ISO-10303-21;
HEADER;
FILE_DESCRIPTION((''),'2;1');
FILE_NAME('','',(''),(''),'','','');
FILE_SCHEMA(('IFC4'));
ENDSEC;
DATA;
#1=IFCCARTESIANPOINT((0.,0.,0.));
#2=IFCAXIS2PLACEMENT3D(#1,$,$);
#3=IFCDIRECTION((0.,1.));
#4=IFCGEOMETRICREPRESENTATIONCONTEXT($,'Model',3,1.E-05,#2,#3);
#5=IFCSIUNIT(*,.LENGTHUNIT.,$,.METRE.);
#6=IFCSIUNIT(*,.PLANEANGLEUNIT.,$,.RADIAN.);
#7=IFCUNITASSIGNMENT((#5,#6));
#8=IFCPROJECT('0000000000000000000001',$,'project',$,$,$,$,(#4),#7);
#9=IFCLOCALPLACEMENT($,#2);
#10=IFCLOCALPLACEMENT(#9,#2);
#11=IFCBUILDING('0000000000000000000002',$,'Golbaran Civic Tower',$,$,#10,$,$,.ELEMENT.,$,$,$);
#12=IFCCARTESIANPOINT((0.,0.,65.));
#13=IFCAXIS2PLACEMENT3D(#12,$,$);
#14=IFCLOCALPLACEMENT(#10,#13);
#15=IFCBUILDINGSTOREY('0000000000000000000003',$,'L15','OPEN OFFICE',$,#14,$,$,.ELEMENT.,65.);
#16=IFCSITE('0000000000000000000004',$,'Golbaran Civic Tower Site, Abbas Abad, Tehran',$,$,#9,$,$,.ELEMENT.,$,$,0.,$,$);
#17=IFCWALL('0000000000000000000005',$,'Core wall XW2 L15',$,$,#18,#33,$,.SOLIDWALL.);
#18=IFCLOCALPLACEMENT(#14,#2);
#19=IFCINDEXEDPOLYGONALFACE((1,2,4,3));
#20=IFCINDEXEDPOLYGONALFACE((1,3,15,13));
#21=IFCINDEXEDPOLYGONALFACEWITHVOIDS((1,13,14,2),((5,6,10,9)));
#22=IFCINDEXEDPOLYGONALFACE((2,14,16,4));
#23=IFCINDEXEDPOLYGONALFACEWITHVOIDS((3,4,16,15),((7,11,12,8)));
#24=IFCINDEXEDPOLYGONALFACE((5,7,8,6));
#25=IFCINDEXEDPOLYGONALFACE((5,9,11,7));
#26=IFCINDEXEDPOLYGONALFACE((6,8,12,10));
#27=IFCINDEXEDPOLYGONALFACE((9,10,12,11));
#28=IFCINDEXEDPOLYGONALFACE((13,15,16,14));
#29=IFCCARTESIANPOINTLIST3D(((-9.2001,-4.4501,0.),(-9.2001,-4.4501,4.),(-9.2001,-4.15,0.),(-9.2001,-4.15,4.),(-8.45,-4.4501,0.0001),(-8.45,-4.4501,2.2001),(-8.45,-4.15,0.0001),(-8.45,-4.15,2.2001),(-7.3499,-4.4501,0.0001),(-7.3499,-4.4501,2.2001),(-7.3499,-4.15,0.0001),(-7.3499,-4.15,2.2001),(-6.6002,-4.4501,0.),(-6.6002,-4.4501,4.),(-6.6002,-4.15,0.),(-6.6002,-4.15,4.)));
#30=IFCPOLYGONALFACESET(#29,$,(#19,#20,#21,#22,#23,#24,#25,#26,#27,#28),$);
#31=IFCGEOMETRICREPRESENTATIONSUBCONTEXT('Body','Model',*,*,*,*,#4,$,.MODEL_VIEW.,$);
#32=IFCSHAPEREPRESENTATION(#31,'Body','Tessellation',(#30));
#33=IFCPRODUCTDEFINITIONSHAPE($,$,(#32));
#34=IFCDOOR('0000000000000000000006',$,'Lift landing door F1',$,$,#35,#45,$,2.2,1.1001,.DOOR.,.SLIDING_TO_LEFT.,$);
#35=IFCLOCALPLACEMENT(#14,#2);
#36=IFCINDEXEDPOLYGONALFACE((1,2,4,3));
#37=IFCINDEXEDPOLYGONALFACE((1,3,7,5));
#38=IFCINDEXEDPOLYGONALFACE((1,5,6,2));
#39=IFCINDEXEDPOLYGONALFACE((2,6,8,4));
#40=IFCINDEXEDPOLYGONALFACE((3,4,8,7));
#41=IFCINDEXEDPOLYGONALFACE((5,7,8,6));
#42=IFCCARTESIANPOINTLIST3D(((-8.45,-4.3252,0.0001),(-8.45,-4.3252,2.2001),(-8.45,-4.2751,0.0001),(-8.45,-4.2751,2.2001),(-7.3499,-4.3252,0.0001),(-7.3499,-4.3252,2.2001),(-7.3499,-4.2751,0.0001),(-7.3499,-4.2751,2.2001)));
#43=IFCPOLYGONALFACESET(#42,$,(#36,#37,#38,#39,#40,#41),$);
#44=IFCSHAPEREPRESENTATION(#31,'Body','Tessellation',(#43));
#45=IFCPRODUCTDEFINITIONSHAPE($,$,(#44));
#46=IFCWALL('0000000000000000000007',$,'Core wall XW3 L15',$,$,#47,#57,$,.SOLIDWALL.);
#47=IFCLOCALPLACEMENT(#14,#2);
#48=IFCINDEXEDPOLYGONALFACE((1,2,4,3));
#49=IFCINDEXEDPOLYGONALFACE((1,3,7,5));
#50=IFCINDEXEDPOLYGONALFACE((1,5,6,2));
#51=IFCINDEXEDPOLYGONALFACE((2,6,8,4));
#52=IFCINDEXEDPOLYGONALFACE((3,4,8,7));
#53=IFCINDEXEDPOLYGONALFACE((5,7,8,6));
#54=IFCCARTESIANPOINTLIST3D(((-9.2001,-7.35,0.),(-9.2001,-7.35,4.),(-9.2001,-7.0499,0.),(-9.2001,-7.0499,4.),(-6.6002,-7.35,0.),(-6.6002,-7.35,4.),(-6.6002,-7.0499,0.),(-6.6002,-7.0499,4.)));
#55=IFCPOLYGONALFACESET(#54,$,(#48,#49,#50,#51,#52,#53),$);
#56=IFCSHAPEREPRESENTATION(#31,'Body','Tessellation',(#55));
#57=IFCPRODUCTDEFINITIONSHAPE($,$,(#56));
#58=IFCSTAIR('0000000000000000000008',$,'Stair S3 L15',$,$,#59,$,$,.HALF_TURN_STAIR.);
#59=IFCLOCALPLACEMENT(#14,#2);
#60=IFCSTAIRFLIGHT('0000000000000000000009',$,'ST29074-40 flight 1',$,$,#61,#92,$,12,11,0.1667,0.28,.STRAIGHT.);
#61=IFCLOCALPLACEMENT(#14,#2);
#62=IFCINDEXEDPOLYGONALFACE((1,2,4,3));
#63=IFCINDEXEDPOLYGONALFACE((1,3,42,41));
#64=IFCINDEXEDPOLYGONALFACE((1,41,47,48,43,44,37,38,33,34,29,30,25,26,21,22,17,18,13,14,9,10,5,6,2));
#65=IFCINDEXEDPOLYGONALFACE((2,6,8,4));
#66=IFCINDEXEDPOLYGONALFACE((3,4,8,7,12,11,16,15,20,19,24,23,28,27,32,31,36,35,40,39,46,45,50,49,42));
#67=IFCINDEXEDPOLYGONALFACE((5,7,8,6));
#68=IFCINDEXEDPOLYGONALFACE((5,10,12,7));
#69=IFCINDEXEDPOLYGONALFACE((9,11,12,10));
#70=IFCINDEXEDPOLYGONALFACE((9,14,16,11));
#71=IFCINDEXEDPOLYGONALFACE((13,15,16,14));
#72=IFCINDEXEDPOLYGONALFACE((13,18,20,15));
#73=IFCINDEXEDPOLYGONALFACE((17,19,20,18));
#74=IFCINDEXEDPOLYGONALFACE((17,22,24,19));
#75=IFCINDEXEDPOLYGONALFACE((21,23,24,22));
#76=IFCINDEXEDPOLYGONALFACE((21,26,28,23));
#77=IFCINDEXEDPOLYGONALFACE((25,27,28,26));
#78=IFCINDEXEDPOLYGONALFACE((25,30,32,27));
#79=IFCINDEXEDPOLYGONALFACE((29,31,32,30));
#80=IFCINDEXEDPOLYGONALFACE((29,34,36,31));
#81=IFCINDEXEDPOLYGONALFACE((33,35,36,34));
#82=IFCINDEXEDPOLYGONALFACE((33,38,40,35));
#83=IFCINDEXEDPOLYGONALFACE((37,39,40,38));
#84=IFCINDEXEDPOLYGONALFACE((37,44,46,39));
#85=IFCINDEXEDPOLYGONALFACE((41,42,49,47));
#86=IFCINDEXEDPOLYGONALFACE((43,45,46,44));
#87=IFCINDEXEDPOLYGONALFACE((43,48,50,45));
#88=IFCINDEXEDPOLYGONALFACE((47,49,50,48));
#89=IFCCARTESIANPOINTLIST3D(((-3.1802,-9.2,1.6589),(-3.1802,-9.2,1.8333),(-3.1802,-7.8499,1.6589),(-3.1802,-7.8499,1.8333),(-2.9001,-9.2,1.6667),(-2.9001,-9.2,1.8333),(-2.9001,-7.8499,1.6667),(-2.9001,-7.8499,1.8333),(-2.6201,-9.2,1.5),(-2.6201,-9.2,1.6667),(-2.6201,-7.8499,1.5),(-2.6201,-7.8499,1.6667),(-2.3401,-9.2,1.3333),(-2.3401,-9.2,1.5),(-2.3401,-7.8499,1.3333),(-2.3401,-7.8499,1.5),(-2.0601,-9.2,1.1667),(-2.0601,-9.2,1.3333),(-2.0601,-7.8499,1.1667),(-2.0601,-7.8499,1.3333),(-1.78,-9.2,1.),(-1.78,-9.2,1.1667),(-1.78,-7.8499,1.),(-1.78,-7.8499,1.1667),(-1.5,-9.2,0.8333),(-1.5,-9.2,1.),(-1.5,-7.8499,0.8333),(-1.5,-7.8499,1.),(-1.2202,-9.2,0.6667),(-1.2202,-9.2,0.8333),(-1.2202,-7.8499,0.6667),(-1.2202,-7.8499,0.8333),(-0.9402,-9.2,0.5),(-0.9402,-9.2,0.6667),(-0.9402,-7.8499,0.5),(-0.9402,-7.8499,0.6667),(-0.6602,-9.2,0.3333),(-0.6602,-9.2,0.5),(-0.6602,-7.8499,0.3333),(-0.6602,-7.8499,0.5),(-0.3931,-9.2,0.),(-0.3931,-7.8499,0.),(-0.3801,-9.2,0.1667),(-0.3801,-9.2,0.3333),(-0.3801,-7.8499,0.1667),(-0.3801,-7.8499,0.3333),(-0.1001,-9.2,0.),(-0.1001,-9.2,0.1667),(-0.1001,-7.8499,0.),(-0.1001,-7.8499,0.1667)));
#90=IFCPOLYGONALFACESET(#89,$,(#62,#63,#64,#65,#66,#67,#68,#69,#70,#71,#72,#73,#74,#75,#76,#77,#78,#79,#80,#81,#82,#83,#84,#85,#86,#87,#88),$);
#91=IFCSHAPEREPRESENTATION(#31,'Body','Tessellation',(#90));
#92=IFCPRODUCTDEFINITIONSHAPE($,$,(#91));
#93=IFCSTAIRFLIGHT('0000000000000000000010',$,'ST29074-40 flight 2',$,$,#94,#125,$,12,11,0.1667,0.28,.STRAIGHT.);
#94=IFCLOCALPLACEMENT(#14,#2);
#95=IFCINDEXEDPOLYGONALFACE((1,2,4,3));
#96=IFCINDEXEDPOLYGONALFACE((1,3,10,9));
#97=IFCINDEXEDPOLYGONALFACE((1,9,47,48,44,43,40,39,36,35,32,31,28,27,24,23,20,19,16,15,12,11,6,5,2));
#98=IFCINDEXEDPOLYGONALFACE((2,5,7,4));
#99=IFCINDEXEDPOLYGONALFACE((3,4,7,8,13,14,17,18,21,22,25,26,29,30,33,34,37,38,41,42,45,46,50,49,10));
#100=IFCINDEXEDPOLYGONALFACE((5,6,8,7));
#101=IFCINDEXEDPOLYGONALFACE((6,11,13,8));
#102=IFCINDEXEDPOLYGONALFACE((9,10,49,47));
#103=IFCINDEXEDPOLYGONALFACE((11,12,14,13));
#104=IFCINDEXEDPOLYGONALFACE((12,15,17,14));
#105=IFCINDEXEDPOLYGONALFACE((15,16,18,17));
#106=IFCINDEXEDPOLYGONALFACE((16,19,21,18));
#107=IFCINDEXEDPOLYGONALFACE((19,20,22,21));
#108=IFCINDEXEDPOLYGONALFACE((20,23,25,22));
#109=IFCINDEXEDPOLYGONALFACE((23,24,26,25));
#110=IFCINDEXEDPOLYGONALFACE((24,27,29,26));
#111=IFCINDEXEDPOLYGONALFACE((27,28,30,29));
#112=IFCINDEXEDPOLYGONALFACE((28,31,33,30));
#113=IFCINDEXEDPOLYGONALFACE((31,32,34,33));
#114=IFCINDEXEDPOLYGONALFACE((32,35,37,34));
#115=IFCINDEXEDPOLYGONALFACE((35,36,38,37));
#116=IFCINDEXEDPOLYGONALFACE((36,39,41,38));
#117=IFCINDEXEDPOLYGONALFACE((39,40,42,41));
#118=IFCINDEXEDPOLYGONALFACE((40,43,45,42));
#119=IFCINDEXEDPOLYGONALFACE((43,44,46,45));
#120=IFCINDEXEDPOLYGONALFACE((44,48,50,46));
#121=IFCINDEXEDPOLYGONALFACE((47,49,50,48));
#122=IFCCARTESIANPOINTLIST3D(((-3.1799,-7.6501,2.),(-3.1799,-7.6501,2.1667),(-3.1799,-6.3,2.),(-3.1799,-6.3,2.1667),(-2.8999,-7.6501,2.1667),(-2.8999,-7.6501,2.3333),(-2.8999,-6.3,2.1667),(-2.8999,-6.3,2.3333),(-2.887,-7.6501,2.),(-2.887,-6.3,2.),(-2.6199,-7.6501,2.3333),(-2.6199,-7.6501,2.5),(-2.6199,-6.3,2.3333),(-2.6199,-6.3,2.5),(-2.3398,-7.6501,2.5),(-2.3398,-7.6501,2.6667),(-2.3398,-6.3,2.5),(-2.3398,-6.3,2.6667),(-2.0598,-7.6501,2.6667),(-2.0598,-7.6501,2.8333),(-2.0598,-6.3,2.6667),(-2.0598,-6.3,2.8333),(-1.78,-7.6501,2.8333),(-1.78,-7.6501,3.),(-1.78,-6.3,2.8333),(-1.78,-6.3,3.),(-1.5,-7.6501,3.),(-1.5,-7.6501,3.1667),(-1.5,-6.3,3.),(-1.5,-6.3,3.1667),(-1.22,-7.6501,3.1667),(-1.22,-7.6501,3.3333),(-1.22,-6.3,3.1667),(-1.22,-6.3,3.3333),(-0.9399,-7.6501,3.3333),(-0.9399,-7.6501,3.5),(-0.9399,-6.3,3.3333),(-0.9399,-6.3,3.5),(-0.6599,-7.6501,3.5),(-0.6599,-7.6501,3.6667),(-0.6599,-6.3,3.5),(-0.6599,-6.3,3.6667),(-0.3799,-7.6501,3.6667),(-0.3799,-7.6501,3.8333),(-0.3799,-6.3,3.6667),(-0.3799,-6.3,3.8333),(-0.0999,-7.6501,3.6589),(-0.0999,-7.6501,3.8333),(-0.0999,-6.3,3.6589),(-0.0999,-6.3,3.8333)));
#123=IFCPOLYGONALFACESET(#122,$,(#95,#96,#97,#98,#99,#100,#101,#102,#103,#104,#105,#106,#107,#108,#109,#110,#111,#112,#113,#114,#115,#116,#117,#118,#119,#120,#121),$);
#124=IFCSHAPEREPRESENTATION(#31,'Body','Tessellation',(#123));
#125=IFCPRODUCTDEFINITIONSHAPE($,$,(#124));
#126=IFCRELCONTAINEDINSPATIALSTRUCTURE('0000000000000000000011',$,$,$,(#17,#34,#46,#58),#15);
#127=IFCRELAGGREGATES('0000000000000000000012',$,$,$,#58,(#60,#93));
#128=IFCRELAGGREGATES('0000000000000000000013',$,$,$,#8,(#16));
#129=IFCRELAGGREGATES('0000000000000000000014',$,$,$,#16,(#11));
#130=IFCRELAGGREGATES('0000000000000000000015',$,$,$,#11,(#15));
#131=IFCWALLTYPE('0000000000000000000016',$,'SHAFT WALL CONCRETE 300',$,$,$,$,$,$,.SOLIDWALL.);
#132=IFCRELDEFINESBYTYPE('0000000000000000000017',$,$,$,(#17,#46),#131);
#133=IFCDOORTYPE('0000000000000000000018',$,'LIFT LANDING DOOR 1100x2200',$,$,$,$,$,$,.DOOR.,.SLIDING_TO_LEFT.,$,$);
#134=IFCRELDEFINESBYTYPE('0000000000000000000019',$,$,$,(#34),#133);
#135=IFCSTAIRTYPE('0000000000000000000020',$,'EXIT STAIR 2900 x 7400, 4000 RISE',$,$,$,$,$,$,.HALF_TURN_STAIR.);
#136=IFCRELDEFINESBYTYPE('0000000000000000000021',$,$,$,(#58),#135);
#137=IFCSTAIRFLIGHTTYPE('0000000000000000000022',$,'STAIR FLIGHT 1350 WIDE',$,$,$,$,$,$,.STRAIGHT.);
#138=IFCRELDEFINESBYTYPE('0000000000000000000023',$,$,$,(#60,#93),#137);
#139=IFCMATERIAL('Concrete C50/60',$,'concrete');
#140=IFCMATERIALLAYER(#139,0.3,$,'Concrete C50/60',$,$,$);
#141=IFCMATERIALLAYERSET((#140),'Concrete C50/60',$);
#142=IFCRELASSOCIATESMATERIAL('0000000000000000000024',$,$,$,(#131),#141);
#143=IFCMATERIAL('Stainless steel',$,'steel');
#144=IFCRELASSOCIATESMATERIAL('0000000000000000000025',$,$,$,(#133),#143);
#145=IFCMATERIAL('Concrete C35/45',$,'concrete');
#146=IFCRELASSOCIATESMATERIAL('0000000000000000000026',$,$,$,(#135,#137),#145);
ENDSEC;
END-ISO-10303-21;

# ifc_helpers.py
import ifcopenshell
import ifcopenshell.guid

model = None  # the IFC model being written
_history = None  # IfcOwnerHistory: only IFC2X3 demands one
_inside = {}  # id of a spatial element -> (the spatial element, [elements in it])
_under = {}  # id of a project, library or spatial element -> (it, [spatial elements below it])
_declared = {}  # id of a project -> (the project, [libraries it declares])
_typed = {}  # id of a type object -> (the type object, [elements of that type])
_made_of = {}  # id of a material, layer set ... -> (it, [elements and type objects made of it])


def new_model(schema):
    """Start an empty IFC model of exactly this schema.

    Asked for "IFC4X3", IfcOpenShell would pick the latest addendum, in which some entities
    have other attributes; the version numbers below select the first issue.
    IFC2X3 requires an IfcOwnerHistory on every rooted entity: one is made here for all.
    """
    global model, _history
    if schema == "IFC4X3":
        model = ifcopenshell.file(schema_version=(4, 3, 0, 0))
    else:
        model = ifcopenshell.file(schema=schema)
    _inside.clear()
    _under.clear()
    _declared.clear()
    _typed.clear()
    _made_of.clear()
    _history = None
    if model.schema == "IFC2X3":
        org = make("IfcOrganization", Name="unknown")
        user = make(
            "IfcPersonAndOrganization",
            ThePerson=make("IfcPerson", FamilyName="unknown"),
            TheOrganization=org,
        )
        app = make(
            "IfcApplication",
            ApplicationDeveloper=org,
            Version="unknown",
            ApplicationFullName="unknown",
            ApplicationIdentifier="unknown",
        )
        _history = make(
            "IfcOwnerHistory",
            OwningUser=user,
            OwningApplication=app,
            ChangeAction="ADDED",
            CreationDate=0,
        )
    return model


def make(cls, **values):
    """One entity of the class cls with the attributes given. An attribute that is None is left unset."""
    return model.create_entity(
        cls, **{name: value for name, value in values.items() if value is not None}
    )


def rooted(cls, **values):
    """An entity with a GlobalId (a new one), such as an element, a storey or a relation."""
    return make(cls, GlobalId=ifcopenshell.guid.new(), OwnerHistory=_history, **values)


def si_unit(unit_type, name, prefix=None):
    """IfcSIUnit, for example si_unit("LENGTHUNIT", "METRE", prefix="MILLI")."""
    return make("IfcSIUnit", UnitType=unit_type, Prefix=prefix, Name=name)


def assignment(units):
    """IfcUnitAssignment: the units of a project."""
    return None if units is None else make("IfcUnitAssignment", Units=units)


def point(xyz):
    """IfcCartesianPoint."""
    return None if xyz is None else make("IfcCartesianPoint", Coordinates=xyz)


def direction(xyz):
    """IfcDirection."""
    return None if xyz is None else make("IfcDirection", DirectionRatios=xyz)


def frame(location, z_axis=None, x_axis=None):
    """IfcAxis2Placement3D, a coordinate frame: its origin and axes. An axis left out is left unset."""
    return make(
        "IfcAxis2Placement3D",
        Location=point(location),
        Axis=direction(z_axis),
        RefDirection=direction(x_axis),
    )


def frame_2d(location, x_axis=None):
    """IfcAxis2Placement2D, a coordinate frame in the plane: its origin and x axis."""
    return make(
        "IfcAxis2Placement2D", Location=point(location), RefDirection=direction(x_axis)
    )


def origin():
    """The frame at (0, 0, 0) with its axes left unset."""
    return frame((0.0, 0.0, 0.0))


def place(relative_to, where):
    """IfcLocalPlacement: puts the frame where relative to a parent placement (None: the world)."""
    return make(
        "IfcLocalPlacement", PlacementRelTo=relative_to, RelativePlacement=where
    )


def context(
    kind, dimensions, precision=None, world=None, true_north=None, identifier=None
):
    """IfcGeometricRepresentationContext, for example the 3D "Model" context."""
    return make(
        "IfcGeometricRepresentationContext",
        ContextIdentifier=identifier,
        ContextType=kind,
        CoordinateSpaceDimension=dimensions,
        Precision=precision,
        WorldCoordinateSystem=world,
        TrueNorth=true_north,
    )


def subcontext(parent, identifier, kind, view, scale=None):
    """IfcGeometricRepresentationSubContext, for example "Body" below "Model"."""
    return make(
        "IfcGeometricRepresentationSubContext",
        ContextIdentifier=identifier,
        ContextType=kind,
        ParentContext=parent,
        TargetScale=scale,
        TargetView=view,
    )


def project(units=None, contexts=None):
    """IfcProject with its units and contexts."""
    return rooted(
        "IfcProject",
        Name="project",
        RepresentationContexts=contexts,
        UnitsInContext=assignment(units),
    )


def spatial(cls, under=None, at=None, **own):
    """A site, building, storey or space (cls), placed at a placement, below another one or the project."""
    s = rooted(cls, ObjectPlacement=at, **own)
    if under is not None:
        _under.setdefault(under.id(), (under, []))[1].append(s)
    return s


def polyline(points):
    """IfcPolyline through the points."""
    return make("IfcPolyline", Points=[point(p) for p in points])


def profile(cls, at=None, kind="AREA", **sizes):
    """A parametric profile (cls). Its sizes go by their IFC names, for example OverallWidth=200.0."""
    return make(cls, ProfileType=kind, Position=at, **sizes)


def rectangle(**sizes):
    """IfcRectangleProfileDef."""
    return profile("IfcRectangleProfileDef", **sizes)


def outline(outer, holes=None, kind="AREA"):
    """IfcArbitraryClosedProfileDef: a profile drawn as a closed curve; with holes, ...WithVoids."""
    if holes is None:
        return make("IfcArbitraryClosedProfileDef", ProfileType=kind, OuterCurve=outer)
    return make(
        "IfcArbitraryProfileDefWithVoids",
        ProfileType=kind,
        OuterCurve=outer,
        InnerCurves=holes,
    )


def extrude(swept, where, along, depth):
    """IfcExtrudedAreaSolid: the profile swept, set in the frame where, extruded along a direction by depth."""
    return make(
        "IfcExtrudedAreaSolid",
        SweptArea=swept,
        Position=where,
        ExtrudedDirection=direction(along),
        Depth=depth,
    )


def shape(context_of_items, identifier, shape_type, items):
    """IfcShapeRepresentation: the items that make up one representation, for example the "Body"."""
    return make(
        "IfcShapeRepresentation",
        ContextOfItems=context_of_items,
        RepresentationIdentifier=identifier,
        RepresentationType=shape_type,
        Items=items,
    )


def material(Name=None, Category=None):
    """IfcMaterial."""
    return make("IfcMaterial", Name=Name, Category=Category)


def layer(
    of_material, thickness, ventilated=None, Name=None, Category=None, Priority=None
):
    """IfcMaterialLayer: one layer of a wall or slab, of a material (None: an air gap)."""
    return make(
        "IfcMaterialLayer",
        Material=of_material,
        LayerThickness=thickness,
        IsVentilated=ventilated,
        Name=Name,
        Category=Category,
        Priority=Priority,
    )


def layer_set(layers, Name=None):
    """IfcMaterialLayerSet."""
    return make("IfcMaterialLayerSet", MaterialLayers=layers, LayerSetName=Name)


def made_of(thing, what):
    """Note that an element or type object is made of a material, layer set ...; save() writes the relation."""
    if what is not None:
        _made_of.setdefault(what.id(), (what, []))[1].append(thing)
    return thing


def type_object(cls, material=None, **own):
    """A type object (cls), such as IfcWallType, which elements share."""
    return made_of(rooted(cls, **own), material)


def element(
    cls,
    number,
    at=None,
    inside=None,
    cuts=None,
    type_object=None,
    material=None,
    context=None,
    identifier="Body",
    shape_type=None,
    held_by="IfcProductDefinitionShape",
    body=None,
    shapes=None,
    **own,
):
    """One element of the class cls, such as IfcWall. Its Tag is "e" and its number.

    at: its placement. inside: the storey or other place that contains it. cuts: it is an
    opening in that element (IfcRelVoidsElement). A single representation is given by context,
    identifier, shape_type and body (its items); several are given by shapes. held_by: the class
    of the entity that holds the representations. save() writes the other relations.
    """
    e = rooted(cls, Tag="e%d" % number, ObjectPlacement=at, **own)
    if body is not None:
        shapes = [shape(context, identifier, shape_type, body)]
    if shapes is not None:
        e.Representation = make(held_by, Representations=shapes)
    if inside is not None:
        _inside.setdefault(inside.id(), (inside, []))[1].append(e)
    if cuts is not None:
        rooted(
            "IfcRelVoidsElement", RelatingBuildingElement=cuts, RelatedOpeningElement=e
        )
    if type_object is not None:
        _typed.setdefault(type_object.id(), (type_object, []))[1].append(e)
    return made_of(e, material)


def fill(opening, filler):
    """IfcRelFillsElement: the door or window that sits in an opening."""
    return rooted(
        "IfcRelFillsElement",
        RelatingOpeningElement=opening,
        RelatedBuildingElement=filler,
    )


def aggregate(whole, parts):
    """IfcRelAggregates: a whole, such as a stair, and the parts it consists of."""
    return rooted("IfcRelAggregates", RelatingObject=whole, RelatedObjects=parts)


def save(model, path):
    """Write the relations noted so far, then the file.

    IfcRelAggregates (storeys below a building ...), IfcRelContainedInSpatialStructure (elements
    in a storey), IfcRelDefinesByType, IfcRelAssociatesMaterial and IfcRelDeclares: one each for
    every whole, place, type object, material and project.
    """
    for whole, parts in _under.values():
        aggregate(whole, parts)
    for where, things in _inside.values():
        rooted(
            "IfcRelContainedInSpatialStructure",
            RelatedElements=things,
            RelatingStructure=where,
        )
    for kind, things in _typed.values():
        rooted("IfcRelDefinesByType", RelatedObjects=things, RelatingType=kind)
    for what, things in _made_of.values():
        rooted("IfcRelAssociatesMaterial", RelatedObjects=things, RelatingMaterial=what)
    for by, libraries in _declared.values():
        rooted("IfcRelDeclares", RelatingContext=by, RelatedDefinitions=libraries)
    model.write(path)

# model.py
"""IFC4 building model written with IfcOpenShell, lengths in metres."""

from ifc_helpers import new_model, si_unit, direction, frame, frame_2d, origin, place, context, subcontext, project, spatial, polyline, rectangle, outline, extrude, material, layer, layer_set, type_object, element, fill, aggregate, save


model = new_model("IFC4")

# Units and contexts
model_context = context("Model", 3, precision=1e-05, world=origin(), true_north=direction((0.0, 1.0)))
body_context = subcontext(model_context, "Body", "Model", "MODEL_VIEW")
ifc_project = project(units=[si_unit("LENGTHUNIT", "METRE"), si_unit("PLANEANGLEUNIT", "RADIAN")], contexts=[model_context])

# Site, building, storey
site_placement = place(None, origin())
site = spatial("IfcSite", under=ifc_project, at=site_placement, Name="Golbaran Civic Tower Site, Abbas Abad, Tehran", CompositionType="ELEMENT", RefElevation=0.0)
building_placement = place(site_placement, origin())
building = spatial("IfcBuilding", under=site, at=building_placement, Name="Golbaran Civic Tower", CompositionType="ELEMENT")
storey_placement = place(building_placement, frame((0.0, 0.0, 65.0)))
storey = spatial("IfcBuildingStorey", under=building, at=storey_placement, Name="L15", Description="OPEN OFFICE", CompositionType="ELEMENT", Elevation=65.0)

# Shared definitions
ifc_material_1 = material(Name="Concrete C35/45", Category="concrete")

# Shared definitions
ifc_material_2 = material(Name="Concrete C50/60", Category="concrete")
ifc_layer_1 = layer(ifc_material_2, 0.3, Name="Concrete C50/60")
ifc_layer_set_1 = layer_set([ifc_layer_1], Name="Concrete C50/60")
wall_type_1 = type_object("IfcWallType", Name="SHAFT WALL CONCRETE 300", PredefinedType="SOLIDWALL", material=ifc_layer_set_1)

# Wall, opening, door
wall_1_placement = place(storey_placement, frame((-9.2, -4.3, 0.0), z_axis=(0.0, 0.0, 1.0), x_axis=(1.0, 0.0, 0.0)))
wall_1 = element("IfcWall", 1, at=wall_1_placement, inside=storey, type_object=wall_type_1, Name="Core wall XW2 L15", PredefinedType="SOLIDWALL", context=body_context, shape_type="SweptSolid", body=[
    extrude(rectangle(XDim=2.5999, YDim=0.3, at=frame_2d((1.2998, 0.0))), origin(), (0.0, 0.0, 1.0), 4.0),
])
opening_placement = place(wall_1_placement, frame((0.75, 0.0, 0.0)))
opening = element("IfcOpeningElement", 2, at=opening_placement, cuts=wall_1, PredefinedType="OPENING", context=body_context, shape_type="SweptSolid", body=[
    extrude(rectangle(XDim=1.1001, YDim=2.2, at=frame_2d((0.55, 1.1001))), frame((0.0, 0.1599, 0.0), z_axis=(0.0, -1.0, 0.0), x_axis=(1.0, 0.0, 0.0)), (0.0, 0.0, 1.0), 0.3201),
])
ifc_material_3 = material(Name="Stainless steel", Category="steel")
door_type = type_object("IfcDoorType", Name="LIFT LANDING DOOR 1100x2200", OperationType="SLIDING_TO_LEFT", PredefinedType="DOOR", material=ifc_material_3)
door_placement = place(opening_placement, origin())
door = element("IfcDoor", 3, at=door_placement, inside=storey, type_object=door_type, Name="Lift landing door F1", OperationType="SLIDING_TO_LEFT", OverallHeight=2.2, OverallWidth=1.1001, PredefinedType="DOOR", context=body_context, shape_type="SweptSolid", body=[
    extrude(rectangle(XDim=1.1001, YDim=2.2, at=frame_2d((0.55, 1.1001))), frame((0.0, 0.0249, 0.0), z_axis=(0.0, -1.0, 0.0), x_axis=(1.0, 0.0, 0.0)), (0.0, 0.0, 1.0), 0.05),
])
fill(opening, door)

# Wall
wall_2_placement = place(storey_placement, frame((-9.2, -7.2, 0.0), z_axis=(0.0, 0.0, 1.0), x_axis=(1.0, 0.0, 0.0)))
element("IfcWall", 4, at=wall_2_placement, inside=storey, type_object=wall_type_1, Name="Core wall XW3 L15", PredefinedType="SOLIDWALL", context=body_context, shape_type="SweptSolid", body=[
    extrude(rectangle(XDim=2.5999, YDim=0.3, at=frame_2d((1.2998, 0.0))), origin(), (0.0, 0.0, 1.0), 4.0),
])

# Stair, stair flights
stair_type_1 = type_object("IfcStairType", Name="EXIT STAIR 2900 x 7400, 4000 RISE", PredefinedType="HALF_TURN_STAIR", material=ifc_material_1)
stair_1_placement = place(storey_placement, origin())
stair_1 = element("IfcStair", 5, at=stair_1_placement, inside=storey, type_object=stair_type_1, Name="Stair S3 L15", PredefinedType="HALF_TURN_STAIR")
stair_flight_type = type_object("IfcStairFlightType", Name="STAIR FLIGHT 1350 WIDE", PredefinedType="STRAIGHT", material=ifc_material_1)
stair_flight_1_placement = place(storey_placement, frame((-0.1001, -8.5249, 0.0), z_axis=(0.0, 0.0, 1.0), x_axis=(-1.0, 0.0, 0.0)))
stair_flight_1 = element("IfcStairFlight", 6, at=stair_flight_1_placement, type_object=stair_flight_type, Name="ST29074-40 flight 1", NumberOfRisers=12, NumberOfTreads=11, PredefinedType="STRAIGHT", RiserHeight=0.1667, TreadLength=0.28, context=body_context, shape_type="SweptSolid", body=[
    extrude(outline(polyline([(0.0, 0.0), (0.0, 0.1667), (0.28, 0.1667), (0.28, 0.3333), (0.5601, 0.3333), (0.5601, 0.5), (0.8401, 0.5), (0.8401, 0.6667), (1.1201, 0.6667), (1.1201, 0.8333), (1.3999, 0.8333), (1.3999, 1.0), (1.6799, 1.0), (1.6799, 1.1667), (1.96, 1.1667), (1.96, 1.3333), (2.24, 1.3333), (2.24, 1.5), (2.52, 1.5), (2.52, 1.6667), (2.8, 1.6667), (2.8, 1.8333), (3.0801, 1.8333), (3.0801, 2.0), (3.0801, 1.6589), (0.293, 0.0), (0.0, 0.0)])), frame((0.0, 0.675, 0.0), z_axis=(0.0, -1.0, 0.0), x_axis=(1.0, 0.0, 0.0)), (0.0, 0.0, 1.0), 1.3501),
])
stair_flight_2_placement = place(storey_placement, frame((-3.1799, -6.9751, 2.0), z_axis=(0.0, 0.0, 1.0), x_axis=(1.0, 0.0, 0.0)))
stair_flight_2 = element("IfcStairFlight", 7, at=stair_flight_2_placement, type_object=stair_flight_type, Name="ST29074-40 flight 2", NumberOfRisers=12, NumberOfTreads=11, PredefinedType="STRAIGHT", RiserHeight=0.1667, TreadLength=0.28, context=body_context, shape_type="SweptSolid", body=[
    extrude(outline(polyline([(0.0, 0.0), (0.0, 0.1667), (0.28, 0.1667), (0.28, 0.3333), (0.5601, 0.3333), (0.5601, 0.5), (0.8401, 0.5), (0.8401, 0.6667), (1.1201, 0.6667), (1.1201, 0.8333), (1.3999, 0.8333), (1.3999, 1.0), (1.6799, 1.0), (1.6799, 1.1667), (1.96, 1.1667), (1.96, 1.3333), (2.24, 1.3333), (2.24, 1.5), (2.52, 1.5), (2.52, 1.6667), (2.8, 1.6667), (2.8, 1.8333), (3.0801, 1.8333), (3.0801, 2.0), (3.0801, 1.6589), (0.293, 0.0), (0.0, 0.0)])), frame((0.0, 0.675, 0.0), z_axis=(0.0, -1.0, 0.0), x_axis=(1.0, 0.0, 0.0)), (0.0, 0.0, 1.0), 1.3501),
])
aggregate(stair_1, [stair_flight_1, stair_flight_2])

save(model, "model.ifc")
